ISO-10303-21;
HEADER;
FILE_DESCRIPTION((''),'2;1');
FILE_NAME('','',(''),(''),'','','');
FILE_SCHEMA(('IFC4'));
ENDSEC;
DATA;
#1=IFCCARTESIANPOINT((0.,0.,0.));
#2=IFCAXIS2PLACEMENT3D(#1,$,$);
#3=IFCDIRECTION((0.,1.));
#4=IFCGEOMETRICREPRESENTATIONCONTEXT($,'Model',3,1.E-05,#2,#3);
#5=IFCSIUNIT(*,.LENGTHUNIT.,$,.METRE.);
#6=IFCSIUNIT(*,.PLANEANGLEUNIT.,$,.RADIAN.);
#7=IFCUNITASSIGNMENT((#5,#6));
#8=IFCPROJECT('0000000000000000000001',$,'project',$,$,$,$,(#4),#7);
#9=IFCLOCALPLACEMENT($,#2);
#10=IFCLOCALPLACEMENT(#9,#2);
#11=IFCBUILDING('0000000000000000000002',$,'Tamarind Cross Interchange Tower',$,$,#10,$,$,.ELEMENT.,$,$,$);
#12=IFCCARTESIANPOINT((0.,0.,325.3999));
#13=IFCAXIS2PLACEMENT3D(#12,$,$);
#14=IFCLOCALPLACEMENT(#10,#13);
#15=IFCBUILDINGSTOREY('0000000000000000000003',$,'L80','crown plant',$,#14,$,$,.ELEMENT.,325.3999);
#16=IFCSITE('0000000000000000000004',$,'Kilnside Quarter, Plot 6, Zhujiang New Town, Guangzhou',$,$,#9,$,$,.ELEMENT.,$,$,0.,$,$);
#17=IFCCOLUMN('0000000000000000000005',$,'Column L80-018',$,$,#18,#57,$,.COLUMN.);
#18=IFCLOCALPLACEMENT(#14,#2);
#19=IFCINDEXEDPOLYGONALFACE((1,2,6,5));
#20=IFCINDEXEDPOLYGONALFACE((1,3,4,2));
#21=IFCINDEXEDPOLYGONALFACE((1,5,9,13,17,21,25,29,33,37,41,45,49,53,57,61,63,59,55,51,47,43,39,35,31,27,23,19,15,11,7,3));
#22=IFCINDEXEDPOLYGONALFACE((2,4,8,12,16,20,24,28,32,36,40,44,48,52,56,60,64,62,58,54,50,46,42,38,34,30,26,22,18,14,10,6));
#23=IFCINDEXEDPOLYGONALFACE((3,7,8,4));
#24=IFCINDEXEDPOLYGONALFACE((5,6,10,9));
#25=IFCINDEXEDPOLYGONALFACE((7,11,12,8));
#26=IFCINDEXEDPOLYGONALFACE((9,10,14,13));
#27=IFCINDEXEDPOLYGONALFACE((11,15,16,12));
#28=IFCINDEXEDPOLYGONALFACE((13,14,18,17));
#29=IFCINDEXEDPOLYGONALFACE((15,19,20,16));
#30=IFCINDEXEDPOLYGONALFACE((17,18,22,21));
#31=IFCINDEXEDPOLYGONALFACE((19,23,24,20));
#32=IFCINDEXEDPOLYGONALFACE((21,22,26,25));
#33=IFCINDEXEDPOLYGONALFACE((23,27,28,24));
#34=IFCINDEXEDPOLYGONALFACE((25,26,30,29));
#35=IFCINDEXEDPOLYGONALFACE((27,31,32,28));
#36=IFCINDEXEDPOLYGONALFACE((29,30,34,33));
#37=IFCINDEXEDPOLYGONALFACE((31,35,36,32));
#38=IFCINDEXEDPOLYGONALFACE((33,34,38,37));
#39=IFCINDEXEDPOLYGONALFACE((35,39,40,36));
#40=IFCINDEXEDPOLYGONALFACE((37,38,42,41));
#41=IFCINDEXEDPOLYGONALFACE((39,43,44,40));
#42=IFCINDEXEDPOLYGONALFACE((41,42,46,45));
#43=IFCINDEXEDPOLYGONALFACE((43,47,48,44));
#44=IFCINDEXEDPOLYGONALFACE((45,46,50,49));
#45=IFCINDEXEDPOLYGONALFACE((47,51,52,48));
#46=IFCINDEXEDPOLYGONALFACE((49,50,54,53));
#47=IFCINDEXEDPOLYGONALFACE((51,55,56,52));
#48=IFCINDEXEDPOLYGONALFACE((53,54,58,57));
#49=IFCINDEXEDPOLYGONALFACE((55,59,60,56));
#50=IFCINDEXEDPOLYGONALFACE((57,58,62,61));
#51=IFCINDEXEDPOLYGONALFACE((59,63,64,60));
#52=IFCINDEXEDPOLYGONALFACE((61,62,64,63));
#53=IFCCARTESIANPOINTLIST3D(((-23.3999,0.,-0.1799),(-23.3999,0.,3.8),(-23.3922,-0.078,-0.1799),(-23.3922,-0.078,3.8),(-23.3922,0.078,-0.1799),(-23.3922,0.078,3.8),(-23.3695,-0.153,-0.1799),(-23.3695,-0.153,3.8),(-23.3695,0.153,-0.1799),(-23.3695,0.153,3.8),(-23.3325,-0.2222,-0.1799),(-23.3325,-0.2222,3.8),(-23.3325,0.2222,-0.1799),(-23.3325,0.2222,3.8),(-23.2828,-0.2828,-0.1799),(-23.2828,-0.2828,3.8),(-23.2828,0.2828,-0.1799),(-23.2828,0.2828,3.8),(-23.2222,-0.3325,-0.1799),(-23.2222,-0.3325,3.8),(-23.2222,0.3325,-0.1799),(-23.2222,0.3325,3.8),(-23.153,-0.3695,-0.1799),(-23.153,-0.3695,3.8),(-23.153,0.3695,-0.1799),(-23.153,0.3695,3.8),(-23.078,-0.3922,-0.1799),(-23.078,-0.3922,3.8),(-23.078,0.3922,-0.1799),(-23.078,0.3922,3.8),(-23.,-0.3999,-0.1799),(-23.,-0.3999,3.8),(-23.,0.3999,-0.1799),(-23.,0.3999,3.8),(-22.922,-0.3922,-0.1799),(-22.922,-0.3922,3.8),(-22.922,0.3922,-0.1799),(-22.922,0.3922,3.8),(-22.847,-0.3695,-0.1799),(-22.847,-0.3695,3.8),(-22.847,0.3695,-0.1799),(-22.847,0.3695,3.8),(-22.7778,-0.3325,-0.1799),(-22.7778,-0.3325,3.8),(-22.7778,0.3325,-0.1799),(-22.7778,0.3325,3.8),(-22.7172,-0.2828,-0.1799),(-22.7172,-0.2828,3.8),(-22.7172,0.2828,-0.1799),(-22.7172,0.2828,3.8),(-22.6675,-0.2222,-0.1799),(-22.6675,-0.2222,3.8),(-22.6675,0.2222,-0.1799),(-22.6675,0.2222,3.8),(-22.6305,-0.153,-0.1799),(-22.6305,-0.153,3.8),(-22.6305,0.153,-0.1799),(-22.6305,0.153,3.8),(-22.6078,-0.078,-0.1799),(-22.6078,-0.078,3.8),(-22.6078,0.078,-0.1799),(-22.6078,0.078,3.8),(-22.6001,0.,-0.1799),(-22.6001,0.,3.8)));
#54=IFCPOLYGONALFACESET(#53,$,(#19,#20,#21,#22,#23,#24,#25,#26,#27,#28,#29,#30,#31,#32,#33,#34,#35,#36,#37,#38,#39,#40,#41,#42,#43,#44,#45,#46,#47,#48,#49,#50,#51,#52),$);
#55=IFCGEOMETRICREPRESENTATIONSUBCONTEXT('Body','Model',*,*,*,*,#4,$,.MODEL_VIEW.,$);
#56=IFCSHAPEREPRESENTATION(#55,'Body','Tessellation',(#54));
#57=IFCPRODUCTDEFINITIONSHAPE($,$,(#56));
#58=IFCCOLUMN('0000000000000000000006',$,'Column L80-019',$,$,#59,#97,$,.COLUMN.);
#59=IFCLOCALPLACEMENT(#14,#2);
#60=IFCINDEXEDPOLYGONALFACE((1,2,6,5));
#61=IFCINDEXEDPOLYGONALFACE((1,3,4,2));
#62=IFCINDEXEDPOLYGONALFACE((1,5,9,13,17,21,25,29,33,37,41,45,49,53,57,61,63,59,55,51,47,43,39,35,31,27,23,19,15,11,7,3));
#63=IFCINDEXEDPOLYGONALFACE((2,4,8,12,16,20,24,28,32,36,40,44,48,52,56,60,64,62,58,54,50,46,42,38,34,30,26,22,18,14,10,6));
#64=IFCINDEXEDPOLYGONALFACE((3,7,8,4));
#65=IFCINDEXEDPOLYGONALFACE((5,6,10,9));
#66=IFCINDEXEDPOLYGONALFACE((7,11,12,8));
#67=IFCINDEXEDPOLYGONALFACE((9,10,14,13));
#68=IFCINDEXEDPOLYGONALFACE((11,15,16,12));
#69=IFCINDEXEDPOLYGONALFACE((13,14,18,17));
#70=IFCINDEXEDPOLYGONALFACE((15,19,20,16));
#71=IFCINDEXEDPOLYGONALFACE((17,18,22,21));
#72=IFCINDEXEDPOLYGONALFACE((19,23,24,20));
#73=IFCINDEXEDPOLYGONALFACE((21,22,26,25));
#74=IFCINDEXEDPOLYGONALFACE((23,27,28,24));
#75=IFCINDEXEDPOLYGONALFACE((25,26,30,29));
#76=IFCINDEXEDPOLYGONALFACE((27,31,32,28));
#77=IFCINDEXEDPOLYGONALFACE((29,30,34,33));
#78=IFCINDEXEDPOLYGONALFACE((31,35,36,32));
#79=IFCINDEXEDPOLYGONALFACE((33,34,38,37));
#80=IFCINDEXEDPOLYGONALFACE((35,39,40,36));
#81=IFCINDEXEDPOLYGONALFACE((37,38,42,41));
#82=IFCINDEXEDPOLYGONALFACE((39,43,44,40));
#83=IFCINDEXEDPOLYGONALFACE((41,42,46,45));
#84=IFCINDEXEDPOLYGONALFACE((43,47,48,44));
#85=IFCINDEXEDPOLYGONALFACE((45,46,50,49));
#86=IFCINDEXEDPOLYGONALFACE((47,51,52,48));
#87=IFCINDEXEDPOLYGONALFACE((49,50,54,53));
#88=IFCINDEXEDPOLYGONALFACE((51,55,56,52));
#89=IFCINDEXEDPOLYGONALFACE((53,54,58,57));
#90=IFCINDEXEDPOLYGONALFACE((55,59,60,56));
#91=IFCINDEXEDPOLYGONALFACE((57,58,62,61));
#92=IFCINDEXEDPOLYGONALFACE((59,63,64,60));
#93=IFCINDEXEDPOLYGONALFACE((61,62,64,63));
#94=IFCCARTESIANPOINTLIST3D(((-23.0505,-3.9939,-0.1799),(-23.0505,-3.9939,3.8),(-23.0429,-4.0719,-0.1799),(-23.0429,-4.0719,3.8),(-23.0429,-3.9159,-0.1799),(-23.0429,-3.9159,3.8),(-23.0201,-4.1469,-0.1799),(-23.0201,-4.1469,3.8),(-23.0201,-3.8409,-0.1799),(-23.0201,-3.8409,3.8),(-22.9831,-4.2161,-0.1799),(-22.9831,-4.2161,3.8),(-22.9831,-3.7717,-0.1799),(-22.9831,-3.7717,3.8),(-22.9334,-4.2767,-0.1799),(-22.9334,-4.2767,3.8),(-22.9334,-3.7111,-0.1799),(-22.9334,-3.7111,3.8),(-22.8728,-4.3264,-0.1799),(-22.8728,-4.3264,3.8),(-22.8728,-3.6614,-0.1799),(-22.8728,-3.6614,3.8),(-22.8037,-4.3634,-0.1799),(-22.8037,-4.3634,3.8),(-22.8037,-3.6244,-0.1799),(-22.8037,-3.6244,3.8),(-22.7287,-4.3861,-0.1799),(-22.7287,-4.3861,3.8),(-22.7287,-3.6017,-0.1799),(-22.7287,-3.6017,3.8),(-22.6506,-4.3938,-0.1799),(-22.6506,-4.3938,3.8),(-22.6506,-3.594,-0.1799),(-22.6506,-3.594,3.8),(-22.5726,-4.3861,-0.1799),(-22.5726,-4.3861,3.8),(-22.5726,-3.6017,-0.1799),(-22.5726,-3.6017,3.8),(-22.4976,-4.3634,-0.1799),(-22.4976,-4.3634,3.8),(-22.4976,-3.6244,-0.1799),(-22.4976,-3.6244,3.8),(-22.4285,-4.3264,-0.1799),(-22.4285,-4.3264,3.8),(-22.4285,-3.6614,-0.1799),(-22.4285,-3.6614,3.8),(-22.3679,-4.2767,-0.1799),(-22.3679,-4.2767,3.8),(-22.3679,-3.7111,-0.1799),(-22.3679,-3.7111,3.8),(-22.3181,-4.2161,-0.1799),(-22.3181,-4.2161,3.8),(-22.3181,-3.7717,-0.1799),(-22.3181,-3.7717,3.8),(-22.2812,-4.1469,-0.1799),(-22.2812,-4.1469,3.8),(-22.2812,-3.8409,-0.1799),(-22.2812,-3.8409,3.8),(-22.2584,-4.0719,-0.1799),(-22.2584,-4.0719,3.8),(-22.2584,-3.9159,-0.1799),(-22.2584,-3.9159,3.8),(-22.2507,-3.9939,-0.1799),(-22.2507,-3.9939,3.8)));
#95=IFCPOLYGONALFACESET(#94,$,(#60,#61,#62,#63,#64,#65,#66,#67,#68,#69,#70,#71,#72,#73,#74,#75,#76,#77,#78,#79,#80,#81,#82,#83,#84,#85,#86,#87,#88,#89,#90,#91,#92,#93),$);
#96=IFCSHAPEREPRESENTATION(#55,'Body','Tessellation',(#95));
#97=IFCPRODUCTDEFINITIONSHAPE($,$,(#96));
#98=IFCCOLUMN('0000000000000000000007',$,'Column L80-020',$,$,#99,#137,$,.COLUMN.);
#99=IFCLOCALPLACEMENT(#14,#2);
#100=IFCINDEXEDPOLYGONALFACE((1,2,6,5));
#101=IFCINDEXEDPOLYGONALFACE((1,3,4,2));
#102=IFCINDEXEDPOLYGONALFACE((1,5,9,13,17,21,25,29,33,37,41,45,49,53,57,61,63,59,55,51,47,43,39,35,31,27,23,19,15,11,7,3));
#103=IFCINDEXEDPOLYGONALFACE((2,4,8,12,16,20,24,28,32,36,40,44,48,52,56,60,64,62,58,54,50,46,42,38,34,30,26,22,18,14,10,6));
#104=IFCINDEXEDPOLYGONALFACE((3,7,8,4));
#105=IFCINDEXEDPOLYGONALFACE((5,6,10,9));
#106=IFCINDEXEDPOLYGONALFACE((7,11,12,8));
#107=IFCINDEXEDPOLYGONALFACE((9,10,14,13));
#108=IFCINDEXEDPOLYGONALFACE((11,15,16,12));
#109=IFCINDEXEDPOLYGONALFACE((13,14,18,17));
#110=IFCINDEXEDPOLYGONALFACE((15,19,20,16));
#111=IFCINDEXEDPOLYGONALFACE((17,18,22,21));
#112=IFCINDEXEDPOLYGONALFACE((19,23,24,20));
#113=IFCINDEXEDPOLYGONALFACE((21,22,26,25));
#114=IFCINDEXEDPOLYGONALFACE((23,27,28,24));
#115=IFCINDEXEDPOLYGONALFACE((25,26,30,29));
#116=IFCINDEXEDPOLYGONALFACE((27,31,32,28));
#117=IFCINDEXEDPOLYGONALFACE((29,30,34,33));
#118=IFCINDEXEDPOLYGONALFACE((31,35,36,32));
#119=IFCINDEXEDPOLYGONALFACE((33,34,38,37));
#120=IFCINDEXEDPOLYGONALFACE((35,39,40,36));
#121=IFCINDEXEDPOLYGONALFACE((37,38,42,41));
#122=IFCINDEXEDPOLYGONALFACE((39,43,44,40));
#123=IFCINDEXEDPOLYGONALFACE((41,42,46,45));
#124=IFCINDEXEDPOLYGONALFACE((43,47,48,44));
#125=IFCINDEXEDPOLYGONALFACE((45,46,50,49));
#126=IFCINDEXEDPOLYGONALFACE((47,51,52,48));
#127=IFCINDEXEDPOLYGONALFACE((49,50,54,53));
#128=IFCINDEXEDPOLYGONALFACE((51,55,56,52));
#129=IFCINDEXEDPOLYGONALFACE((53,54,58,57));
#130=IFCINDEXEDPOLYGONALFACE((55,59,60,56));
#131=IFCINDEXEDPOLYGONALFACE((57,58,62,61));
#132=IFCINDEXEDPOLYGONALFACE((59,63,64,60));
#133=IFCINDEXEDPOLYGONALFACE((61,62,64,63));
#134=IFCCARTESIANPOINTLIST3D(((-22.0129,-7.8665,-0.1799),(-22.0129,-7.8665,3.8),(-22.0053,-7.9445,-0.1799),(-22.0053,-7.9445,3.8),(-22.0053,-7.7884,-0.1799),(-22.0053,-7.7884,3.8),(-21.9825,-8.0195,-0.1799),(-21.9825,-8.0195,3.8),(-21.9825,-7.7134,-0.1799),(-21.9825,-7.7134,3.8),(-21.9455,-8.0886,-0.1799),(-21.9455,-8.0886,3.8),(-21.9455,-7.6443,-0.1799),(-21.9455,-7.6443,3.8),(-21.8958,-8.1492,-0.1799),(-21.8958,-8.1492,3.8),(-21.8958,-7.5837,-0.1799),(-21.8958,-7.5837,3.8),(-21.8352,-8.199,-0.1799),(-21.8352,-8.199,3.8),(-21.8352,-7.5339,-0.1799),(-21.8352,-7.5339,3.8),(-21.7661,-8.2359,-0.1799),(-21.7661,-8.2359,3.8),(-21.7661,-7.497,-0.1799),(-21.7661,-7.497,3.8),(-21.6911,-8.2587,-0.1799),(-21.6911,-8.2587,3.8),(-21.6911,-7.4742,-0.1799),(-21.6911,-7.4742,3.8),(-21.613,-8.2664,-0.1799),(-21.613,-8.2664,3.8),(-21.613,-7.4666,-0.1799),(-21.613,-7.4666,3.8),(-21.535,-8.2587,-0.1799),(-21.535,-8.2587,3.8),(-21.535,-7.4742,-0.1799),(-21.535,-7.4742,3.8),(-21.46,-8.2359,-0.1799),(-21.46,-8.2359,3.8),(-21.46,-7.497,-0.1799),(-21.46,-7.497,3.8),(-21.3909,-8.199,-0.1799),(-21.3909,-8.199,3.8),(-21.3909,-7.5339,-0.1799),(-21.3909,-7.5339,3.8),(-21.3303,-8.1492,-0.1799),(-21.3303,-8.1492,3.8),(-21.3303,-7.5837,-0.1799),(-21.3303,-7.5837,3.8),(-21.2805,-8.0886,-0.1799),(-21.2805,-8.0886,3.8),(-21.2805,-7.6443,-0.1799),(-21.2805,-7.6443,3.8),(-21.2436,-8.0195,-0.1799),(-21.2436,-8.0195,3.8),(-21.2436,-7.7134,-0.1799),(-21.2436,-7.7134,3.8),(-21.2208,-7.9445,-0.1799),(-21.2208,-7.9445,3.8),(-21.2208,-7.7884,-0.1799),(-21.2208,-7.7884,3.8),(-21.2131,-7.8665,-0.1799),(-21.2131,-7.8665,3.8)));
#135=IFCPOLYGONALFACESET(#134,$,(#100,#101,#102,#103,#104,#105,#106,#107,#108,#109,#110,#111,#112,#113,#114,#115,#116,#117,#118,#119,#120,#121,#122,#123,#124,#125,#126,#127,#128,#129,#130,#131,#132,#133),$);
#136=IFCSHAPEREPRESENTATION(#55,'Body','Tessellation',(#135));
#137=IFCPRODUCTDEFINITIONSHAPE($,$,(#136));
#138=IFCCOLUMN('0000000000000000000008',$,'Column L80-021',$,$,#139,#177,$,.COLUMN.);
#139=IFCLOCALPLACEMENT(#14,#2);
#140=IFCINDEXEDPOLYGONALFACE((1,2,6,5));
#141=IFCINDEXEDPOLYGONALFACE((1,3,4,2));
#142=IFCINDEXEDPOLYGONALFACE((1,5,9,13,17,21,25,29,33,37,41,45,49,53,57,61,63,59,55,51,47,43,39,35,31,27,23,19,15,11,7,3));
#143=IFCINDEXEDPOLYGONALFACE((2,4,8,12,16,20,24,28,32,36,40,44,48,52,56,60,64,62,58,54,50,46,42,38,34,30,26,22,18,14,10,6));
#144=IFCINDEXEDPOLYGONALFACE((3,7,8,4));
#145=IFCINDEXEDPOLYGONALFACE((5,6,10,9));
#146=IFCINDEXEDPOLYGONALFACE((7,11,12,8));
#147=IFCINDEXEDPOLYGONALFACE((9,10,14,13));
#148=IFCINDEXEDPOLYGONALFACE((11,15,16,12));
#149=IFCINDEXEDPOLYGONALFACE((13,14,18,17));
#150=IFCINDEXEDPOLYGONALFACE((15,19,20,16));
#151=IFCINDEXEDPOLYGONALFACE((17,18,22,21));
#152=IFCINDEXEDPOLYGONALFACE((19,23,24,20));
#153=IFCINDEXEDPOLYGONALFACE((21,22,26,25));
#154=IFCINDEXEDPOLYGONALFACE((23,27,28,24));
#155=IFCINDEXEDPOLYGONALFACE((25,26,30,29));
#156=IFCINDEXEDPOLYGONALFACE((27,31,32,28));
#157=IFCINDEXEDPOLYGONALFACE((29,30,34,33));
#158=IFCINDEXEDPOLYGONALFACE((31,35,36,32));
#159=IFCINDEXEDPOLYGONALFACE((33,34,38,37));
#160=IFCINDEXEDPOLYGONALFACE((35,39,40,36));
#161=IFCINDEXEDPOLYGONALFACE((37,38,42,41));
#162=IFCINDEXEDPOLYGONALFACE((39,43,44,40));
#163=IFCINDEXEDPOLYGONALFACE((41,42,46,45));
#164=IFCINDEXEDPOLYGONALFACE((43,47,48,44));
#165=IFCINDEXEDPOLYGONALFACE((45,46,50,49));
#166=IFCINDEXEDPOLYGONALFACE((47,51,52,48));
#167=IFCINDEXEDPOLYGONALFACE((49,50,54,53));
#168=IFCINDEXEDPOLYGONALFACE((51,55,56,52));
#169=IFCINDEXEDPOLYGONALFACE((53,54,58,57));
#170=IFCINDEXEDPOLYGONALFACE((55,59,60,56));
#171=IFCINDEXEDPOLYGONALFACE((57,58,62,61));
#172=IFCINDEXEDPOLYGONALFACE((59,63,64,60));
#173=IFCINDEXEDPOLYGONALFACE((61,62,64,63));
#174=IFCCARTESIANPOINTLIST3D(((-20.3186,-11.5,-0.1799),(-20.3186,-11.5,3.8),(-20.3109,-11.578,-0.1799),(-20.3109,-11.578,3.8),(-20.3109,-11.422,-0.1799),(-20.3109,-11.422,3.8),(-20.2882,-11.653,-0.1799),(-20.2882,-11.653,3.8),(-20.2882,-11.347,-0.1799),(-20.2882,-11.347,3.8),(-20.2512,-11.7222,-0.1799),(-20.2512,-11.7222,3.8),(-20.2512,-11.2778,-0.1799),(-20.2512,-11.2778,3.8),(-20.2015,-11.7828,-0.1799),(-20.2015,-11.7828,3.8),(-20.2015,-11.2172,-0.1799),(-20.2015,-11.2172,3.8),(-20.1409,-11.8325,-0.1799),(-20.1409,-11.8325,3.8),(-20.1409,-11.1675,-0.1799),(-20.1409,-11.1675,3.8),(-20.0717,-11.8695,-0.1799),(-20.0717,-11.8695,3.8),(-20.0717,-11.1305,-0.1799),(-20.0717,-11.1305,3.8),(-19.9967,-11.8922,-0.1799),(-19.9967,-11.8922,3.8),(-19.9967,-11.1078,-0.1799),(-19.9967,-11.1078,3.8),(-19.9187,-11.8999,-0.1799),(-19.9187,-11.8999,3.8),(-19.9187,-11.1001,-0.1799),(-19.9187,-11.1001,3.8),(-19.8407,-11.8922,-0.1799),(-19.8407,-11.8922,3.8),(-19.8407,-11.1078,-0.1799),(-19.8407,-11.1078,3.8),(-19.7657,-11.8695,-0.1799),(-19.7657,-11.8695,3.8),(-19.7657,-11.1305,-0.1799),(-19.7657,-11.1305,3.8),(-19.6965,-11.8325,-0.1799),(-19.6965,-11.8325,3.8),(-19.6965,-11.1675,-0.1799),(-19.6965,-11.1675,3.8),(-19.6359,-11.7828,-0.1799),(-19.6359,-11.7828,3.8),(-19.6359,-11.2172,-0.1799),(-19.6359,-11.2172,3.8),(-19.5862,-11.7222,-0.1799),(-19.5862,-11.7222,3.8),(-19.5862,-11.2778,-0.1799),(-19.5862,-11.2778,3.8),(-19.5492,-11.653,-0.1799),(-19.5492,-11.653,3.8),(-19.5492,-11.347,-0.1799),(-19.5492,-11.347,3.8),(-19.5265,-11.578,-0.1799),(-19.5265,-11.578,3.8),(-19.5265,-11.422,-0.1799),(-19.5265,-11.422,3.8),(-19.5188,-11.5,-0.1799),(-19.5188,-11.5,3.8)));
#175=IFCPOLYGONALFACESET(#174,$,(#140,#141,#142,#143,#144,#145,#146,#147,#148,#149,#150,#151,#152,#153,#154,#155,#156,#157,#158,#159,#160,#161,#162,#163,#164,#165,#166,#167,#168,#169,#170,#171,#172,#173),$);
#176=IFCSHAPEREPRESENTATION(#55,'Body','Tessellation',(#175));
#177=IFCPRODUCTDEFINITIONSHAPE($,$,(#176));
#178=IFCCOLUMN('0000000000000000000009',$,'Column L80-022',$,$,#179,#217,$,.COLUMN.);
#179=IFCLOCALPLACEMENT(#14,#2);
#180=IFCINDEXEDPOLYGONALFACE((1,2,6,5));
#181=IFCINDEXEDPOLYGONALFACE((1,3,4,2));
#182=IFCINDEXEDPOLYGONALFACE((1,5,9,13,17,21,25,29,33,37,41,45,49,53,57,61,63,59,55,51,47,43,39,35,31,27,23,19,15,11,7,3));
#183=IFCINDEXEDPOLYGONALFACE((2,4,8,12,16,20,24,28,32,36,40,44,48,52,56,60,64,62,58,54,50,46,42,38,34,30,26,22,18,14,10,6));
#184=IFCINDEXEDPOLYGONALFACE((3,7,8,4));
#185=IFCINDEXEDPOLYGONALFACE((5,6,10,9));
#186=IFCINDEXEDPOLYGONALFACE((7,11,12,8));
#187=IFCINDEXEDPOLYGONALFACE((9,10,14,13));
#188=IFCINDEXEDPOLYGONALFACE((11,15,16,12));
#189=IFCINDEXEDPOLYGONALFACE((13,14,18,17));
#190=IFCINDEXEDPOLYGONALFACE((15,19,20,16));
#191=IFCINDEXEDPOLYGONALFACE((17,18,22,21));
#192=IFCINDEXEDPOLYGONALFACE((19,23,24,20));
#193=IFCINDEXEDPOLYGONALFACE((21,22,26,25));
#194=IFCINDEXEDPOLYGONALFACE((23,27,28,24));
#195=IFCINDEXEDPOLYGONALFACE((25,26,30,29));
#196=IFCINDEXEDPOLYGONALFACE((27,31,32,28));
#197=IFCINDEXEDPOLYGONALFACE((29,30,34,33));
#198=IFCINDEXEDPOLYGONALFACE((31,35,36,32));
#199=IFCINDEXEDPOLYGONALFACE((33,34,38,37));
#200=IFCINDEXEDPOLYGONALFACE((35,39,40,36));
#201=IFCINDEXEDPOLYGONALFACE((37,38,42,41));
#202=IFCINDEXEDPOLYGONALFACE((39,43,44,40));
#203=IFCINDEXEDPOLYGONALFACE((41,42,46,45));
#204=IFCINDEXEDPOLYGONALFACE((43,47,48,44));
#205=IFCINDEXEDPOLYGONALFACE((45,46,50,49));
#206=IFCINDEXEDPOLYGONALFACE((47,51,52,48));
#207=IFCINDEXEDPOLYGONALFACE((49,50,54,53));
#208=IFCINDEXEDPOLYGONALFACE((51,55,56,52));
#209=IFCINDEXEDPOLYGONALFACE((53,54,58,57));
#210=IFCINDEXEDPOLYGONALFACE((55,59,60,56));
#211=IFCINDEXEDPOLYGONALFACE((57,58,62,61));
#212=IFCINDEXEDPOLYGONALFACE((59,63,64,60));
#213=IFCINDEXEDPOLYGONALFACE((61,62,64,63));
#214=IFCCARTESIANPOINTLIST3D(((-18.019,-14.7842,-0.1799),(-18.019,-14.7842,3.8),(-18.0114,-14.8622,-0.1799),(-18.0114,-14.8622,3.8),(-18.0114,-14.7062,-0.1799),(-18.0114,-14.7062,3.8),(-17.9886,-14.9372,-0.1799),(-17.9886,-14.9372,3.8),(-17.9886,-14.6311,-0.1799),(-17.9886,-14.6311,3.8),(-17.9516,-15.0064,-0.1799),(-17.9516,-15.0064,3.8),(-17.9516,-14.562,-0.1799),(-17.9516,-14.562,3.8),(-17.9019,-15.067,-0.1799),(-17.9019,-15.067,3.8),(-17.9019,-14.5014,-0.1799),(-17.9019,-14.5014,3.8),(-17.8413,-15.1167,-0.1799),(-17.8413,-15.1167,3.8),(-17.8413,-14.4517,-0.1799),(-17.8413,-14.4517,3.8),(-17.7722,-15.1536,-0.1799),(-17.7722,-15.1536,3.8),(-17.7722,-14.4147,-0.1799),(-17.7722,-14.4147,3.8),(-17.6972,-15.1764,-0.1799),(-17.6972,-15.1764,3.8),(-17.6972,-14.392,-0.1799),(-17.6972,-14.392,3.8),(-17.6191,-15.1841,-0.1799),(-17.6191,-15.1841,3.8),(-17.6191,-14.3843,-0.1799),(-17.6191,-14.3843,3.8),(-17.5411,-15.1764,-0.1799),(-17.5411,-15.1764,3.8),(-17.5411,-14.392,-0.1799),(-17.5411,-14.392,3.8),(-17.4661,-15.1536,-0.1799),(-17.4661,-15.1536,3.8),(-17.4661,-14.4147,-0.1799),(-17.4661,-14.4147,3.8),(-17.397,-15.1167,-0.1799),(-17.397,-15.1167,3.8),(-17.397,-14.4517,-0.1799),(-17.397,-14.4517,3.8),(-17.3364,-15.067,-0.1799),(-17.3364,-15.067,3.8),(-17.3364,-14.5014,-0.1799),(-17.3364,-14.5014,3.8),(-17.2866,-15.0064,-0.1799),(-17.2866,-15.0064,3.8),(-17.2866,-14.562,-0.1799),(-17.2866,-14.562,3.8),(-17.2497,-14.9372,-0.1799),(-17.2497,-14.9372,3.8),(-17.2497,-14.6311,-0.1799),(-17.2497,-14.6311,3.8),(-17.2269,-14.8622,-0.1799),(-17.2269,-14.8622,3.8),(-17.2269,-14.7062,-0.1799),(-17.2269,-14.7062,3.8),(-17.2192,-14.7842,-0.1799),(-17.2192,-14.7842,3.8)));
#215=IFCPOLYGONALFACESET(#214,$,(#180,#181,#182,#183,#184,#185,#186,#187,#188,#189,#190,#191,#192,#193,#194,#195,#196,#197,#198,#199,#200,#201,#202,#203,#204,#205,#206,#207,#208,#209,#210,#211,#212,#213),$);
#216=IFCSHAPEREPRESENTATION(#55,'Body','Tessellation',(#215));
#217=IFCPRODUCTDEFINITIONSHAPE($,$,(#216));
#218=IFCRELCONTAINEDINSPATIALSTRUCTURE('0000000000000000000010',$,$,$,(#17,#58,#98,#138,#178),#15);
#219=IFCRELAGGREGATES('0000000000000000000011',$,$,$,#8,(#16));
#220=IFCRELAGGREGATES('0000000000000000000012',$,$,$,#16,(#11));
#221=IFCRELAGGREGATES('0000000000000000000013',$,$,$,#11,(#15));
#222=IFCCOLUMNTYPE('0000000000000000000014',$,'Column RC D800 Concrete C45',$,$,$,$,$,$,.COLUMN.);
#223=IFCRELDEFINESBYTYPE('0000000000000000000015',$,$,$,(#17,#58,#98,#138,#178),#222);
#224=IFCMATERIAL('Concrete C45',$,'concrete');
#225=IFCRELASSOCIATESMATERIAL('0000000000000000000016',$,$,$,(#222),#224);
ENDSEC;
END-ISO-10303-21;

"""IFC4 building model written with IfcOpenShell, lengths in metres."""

from ifc_helpers import new_model, si_unit, direction, frame, origin, origin_2d, place, context, subcontext, project, spatial, circle, extrude, material, material_profile, profile_set, type_object, element, save


model = new_model("IFC4")

# Units and contexts
model_context = context("Model", 3, precision=1e-05, world=origin(), true_north=direction((0.0, 1.0)))
body_context = subcontext(model_context, "Body", "Model", "MODEL_VIEW")
ifc_project = project(units=[si_unit("LENGTHUNIT", "METRE"), si_unit("PLANEANGLEUNIT", "RADIAN")], contexts=[model_context])

# Site, building, storey
site_placement = place(None, origin())
site = spatial("IfcSite", under=ifc_project, at=site_placement, Name="Kilnside Quarter, Plot 6, Zhujiang New Town, Guangzhou", CompositionType="ELEMENT", RefElevation=0.0)
building_placement = place(site_placement, origin())
building = spatial("IfcBuilding", under=site, at=building_placement, Name="Tamarind Cross Interchange Tower", CompositionType="ELEMENT")
storey_placement = place(building_placement, frame((0.0, 0.0, 325.3999)))
storey = spatial("IfcBuildingStorey", under=building, at=storey_placement, Name="L80", Description="crown plant", CompositionType="ELEMENT", Elevation=325.3999)

# Columns
ifc_material_1 = material(Name="Concrete C45", Category="concrete")
ifc_material_profile_1 = material_profile(ifc_material_1, circle(Radius=0.3999, at=origin_2d()), Name="RC D800")
ifc_profile_set_1 = profile_set([ifc_material_profile_1], Name="Concrete C45")
column_type = type_object("IfcColumnType", Name="Column RC D800 Concrete C45", PredefinedType="COLUMN", material=ifc_profile_set_1)
for number, where, z_axis, x_axis, name in (
    (1, (-23.0, 0.0, -0.1799), (0.0, 0.0, 1.0), (1.0, 0.0, 0.0), "Column L80-018"),
    (2, (-22.6506, -3.9939, -0.1799), (0.0, 0.0, 1.0), (1.0, 0.0, 0.0), "Column L80-019"),
    (3, (-21.613, -7.8665, -0.1799), (0.0, 0.0, 1.0), (1.0, 0.0, 0.0), "Column L80-020"),
    (4, (-19.9187, -11.5, -0.1799), (0.0, 0.0, 1.0), (1.0, 0.0, 0.0), "Column L80-021"),
    (5, (-17.6191, -14.7842, -0.1799), (0.0, 0.0, 1.0), (1.0, 0.0, 0.0), "Column L80-022"),
):
    element("IfcColumn", number, at=place(storey_placement, frame(where, z_axis=z_axis, x_axis=x_axis)), inside=storey, type_object=column_type, Name=name, PredefinedType="COLUMN", context=body_context, shape_type="SweptSolid", body=[
        extrude(circle(Radius=0.3999, at=origin_2d()), origin(), (0.0, 0.0, 1.0), 3.98),
    ])

save(model, "model.ifc")
